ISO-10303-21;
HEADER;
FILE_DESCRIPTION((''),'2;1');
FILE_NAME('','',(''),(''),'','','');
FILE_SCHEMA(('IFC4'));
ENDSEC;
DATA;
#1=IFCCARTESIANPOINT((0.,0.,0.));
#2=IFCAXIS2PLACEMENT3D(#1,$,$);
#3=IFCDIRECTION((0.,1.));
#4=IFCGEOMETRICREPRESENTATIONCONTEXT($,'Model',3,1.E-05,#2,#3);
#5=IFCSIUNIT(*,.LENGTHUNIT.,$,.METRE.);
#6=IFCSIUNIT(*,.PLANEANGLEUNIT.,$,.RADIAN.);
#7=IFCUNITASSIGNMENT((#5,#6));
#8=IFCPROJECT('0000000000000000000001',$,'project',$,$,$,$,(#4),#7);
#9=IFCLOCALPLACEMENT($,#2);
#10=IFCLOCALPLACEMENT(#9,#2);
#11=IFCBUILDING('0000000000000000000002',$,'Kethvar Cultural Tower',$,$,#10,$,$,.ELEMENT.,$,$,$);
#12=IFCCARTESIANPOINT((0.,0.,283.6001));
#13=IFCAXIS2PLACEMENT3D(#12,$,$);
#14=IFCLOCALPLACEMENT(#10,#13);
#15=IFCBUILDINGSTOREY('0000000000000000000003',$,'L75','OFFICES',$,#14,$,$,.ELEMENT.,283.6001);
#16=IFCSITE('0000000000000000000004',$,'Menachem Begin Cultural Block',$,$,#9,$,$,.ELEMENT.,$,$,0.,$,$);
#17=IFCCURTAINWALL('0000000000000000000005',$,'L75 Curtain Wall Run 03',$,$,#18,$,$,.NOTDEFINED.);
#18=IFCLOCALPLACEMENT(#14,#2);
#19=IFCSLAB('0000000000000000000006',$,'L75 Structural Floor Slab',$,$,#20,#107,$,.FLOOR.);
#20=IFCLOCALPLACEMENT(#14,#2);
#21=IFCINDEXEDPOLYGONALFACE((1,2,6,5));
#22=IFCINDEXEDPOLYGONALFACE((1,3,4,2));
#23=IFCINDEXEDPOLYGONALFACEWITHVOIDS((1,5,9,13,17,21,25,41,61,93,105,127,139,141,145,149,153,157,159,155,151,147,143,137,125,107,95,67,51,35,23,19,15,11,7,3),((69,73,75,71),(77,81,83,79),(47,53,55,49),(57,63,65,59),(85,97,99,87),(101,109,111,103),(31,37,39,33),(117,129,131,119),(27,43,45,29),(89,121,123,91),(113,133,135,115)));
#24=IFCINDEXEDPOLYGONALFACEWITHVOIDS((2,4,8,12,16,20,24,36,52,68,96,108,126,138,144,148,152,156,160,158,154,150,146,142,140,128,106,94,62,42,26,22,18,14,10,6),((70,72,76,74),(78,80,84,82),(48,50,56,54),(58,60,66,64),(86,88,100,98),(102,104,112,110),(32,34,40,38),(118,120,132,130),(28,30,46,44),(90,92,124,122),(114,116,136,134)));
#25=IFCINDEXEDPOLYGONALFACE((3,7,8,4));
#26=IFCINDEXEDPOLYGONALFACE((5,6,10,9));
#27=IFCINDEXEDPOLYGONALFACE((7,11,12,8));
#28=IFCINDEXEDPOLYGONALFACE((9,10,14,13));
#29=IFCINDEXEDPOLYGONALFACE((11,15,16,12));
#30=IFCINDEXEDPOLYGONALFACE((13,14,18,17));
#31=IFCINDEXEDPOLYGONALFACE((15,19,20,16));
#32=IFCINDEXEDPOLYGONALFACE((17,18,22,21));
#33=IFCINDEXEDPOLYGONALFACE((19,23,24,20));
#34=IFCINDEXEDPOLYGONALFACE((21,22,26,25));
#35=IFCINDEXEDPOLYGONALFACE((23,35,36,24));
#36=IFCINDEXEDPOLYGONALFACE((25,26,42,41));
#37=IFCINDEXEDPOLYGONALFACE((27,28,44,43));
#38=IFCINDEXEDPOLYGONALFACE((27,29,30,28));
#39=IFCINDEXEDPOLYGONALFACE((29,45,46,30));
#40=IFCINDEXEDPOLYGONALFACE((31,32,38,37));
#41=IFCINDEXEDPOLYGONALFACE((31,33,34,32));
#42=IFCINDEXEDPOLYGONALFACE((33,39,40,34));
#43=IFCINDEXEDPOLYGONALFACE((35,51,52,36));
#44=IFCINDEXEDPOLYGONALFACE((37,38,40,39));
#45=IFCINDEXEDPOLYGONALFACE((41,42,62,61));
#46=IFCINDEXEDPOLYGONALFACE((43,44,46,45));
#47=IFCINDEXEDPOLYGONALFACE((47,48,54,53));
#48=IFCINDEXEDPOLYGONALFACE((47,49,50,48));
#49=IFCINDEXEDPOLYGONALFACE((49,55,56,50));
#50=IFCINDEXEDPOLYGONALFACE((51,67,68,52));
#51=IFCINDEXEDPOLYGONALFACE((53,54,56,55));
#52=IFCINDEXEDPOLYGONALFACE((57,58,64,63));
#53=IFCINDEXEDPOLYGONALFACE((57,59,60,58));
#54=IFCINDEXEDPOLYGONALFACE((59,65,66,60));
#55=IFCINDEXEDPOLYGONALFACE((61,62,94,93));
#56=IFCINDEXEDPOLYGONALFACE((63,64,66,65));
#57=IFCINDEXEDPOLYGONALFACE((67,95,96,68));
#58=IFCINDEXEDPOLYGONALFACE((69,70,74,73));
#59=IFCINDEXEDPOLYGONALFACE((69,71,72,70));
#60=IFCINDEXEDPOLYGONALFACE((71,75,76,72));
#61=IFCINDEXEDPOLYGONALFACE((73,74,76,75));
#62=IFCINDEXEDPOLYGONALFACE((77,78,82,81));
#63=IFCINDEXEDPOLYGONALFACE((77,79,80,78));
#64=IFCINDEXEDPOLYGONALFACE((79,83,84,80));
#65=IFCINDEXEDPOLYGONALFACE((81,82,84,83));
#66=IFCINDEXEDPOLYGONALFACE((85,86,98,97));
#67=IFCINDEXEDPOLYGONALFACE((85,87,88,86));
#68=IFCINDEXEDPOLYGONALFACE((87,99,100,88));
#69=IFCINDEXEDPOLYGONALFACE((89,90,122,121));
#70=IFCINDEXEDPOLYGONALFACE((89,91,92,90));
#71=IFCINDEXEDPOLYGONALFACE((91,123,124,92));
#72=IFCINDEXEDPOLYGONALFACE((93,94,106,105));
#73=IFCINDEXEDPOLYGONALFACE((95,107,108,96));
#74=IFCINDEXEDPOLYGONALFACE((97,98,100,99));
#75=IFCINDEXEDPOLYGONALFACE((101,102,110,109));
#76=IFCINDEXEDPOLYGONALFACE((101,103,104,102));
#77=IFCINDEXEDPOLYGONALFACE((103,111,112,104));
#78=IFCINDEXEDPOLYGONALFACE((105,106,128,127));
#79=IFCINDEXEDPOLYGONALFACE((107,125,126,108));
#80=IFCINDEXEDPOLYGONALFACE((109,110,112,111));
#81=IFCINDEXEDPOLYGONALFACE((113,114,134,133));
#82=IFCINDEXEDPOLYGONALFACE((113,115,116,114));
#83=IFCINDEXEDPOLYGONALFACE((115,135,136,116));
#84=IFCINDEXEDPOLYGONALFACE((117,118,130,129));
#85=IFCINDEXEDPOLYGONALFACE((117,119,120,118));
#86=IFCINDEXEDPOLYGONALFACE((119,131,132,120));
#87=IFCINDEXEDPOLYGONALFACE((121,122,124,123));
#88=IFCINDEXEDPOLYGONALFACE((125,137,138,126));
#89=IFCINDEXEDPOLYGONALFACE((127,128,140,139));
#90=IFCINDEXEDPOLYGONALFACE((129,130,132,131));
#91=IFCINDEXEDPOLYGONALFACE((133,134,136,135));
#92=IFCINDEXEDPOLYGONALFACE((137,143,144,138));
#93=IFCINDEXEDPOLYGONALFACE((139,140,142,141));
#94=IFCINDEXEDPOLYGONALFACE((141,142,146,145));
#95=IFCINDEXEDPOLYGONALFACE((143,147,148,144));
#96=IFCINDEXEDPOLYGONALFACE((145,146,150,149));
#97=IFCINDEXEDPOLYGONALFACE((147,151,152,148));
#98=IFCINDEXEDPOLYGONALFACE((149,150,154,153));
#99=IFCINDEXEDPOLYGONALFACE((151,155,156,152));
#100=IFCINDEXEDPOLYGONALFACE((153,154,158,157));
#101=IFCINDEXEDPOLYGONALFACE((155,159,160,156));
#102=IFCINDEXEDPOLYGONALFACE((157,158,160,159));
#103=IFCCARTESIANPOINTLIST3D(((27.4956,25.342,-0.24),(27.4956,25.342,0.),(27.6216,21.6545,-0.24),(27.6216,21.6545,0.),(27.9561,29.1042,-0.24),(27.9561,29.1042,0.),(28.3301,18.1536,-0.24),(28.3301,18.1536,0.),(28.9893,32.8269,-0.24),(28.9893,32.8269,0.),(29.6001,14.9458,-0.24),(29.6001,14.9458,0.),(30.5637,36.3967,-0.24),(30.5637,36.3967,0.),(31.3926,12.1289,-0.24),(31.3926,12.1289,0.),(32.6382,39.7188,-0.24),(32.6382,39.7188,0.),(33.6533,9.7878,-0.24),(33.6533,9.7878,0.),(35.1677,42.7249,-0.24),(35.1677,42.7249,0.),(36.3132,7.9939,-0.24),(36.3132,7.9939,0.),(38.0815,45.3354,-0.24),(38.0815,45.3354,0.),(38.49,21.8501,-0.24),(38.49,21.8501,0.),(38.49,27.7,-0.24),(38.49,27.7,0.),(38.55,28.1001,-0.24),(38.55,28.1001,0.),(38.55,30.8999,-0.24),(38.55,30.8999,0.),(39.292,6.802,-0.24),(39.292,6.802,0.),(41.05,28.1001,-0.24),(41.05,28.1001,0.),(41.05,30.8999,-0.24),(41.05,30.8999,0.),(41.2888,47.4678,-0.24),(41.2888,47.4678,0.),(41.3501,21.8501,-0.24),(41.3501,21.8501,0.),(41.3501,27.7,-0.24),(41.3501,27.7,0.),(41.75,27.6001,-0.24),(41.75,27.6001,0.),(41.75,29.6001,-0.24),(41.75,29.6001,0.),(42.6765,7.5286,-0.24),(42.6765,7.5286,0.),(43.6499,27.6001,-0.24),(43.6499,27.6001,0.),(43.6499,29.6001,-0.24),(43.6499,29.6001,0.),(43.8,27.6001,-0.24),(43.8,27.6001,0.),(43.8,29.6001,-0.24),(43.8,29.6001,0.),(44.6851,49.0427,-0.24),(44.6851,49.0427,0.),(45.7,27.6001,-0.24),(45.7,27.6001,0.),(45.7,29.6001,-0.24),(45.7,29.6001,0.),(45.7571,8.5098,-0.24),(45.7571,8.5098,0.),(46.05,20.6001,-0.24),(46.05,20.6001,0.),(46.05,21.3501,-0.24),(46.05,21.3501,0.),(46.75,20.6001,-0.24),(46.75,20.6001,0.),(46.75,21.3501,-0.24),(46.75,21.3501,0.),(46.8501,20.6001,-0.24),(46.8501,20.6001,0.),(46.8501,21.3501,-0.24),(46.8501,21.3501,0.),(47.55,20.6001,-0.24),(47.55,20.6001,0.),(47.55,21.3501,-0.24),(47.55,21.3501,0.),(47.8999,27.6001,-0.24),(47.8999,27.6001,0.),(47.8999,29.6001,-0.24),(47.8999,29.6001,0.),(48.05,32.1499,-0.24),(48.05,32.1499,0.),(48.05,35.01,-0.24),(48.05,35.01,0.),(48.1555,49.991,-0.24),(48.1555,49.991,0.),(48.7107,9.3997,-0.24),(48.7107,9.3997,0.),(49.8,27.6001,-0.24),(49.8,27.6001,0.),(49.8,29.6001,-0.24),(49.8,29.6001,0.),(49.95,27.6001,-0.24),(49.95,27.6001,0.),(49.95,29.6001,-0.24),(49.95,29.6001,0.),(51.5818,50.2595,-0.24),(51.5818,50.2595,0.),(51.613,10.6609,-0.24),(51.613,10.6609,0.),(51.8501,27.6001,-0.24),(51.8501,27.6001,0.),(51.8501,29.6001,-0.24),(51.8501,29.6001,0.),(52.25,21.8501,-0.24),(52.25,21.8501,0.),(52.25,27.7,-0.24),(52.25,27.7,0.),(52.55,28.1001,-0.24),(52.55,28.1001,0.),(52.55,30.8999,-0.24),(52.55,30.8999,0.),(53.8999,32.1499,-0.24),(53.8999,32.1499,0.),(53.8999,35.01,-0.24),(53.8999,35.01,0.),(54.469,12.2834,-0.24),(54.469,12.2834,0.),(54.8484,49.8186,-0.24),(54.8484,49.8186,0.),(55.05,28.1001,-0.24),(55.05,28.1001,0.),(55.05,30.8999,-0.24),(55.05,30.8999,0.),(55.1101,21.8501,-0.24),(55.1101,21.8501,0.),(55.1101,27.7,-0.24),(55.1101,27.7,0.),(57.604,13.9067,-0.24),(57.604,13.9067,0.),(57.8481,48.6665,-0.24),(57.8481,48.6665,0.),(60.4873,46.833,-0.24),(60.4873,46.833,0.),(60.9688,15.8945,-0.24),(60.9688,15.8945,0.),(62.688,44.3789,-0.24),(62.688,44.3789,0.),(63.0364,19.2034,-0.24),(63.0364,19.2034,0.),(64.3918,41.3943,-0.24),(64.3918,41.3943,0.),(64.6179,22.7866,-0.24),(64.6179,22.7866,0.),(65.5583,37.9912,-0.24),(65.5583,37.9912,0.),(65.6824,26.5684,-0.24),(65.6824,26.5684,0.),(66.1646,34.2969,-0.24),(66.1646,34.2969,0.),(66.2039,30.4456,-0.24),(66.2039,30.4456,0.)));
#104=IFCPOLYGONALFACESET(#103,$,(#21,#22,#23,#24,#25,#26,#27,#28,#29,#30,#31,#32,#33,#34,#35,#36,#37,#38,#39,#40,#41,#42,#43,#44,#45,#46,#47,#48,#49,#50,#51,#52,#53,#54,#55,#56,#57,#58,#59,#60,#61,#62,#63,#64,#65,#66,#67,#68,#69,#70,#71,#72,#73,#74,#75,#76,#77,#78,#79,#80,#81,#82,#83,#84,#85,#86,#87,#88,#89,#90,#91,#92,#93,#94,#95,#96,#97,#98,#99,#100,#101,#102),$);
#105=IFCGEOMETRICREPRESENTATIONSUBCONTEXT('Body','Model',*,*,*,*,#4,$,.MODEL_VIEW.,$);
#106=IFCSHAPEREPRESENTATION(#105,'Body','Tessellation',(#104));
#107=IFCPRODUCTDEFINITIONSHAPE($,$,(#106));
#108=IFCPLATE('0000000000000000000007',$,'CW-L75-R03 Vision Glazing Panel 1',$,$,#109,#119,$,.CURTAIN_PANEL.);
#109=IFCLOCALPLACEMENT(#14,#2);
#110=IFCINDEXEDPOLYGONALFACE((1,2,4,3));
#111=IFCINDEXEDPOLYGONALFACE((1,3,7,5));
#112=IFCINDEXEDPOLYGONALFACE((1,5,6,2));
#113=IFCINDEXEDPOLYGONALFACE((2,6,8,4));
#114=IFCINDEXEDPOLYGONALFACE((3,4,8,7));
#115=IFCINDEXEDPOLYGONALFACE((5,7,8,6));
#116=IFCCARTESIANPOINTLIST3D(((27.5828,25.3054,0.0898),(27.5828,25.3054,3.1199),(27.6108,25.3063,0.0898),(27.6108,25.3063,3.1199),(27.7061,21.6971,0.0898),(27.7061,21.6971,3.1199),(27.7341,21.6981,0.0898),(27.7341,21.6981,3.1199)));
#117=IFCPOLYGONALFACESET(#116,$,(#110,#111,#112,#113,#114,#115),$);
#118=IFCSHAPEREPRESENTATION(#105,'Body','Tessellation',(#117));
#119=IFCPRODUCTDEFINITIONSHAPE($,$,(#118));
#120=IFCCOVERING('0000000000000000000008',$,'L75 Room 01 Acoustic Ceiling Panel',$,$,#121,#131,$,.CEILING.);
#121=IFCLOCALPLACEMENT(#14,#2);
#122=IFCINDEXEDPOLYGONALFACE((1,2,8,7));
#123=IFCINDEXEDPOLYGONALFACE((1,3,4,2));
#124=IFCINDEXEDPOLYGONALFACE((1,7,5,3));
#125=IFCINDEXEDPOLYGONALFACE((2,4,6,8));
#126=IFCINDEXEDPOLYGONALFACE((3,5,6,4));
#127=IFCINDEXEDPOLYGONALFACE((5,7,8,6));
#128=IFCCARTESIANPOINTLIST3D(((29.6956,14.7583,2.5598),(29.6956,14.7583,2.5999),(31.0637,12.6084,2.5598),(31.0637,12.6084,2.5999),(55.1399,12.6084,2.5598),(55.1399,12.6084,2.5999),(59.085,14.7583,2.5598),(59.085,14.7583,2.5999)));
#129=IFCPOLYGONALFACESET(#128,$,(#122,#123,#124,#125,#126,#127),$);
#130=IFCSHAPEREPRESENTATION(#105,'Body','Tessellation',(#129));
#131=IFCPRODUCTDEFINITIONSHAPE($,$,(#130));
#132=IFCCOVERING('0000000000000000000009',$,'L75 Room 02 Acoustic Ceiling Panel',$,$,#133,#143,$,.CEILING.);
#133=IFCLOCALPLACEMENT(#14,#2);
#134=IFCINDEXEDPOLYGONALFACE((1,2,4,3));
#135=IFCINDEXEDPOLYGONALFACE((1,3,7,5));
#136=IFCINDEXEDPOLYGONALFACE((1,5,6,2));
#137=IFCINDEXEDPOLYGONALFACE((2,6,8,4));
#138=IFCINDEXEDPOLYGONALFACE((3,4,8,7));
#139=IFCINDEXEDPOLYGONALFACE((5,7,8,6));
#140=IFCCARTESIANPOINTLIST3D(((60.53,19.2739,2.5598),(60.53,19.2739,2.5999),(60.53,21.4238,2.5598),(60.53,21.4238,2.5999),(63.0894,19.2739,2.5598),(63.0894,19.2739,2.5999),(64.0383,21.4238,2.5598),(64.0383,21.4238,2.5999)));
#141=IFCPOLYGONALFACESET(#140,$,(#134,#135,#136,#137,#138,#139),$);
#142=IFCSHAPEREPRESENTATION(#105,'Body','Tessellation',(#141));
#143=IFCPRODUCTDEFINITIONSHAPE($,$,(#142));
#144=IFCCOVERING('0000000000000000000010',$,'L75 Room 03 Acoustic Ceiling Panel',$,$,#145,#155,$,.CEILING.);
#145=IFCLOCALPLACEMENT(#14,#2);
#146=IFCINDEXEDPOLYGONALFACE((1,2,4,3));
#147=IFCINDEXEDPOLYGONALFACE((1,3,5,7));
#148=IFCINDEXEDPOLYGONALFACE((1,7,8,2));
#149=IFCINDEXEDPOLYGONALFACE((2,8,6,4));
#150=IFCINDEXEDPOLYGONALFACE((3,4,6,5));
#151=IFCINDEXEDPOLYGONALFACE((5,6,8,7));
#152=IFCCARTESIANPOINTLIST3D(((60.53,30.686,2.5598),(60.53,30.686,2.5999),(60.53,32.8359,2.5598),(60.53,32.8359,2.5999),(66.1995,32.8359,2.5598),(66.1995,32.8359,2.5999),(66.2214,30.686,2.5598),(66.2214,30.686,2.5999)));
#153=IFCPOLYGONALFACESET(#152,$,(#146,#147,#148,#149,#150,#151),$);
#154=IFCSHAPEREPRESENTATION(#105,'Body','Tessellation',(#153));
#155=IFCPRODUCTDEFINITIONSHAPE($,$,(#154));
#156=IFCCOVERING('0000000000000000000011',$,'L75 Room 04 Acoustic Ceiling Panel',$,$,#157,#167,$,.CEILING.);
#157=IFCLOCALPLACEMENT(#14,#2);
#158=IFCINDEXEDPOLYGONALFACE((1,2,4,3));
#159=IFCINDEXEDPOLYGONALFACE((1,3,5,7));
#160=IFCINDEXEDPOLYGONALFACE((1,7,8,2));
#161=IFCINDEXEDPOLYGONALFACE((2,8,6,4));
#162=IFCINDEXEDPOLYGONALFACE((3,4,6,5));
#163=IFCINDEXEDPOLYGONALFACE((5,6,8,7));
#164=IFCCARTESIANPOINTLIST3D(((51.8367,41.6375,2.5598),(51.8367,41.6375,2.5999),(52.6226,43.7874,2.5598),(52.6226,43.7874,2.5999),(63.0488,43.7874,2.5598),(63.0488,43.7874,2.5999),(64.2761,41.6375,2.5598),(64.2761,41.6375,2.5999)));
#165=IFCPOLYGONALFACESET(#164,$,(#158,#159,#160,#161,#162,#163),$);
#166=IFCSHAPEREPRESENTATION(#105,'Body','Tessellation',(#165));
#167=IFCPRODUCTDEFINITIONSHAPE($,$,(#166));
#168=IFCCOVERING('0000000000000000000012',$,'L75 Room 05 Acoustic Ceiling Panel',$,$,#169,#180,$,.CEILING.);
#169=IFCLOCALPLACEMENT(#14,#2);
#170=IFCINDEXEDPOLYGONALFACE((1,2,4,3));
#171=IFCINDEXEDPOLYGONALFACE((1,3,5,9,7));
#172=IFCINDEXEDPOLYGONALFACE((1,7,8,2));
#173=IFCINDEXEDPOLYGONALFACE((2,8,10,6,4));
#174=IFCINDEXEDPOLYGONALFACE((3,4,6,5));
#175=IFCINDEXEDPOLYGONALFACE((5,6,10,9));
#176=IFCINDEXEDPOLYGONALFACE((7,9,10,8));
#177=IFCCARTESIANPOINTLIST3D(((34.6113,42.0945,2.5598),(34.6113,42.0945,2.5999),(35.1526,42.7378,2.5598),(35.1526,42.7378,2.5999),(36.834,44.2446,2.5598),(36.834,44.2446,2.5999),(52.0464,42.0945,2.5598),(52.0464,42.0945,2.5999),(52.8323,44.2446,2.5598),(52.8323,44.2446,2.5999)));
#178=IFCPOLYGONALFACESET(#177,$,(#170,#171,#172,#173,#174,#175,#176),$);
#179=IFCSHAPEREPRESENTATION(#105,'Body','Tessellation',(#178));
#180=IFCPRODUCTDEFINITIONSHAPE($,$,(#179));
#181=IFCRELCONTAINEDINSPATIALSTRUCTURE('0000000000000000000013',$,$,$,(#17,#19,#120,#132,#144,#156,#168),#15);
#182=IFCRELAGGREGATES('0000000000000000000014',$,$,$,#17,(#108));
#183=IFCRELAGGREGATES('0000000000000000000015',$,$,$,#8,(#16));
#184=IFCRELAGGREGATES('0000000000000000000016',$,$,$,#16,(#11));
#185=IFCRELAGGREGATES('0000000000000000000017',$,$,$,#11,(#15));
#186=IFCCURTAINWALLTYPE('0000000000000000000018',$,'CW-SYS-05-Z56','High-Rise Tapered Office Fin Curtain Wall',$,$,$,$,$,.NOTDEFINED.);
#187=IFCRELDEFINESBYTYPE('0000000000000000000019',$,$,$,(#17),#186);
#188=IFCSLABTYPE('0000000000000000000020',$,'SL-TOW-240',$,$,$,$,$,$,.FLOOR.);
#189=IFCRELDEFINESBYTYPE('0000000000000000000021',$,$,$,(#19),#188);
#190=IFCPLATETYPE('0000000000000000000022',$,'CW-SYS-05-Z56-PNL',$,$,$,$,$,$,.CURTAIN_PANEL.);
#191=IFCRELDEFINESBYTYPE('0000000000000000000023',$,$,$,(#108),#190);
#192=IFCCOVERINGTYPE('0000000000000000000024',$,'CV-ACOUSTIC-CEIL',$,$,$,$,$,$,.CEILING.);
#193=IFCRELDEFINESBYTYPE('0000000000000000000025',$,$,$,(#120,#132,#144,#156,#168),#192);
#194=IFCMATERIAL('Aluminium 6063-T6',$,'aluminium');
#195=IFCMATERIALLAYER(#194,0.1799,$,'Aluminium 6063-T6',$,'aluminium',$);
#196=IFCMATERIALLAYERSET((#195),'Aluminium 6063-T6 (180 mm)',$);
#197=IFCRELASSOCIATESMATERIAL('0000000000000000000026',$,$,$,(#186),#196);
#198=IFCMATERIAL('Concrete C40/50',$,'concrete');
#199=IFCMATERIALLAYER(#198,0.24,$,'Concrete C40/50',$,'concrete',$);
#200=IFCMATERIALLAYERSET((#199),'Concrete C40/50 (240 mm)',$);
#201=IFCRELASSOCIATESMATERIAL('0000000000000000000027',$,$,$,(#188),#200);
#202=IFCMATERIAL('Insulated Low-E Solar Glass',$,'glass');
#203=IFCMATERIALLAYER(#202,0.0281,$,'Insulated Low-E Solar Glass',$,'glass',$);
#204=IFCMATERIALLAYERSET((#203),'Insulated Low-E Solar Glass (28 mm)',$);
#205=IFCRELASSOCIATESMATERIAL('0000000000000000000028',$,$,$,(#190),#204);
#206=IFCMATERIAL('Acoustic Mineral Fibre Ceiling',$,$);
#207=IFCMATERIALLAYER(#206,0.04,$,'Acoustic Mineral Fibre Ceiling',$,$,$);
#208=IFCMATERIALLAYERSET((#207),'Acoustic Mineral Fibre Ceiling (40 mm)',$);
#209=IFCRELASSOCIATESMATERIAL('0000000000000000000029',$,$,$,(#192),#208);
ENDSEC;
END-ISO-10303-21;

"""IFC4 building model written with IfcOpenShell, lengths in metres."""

from ifc_helpers import new_model, si_unit, direction, frame, origin, origin_2d, place, context, subcontext, project, spatial, polyline, rectangle, outline, extrude, source, transform, mapped, material, layer, layer_set, type_object, element, aggregate, save


model = new_model("IFC4")

# Units and contexts
model_context = context("Model", 3, precision=1e-05, world=origin(), true_north=direction((0.0, 1.0)))
body_context = subcontext(model_context, "Body", "Model", "MODEL_VIEW")
ifc_project = project(units=[si_unit("LENGTHUNIT", "METRE"), si_unit("PLANEANGLEUNIT", "RADIAN")], contexts=[model_context])

# Site, building, storey
site_placement = place(None, origin())
site = spatial("IfcSite", under=ifc_project, at=site_placement, Name="Menachem Begin Cultural Block", CompositionType="ELEMENT", RefElevation=0.0)
building_placement = place(site_placement, origin())
building = spatial("IfcBuilding", under=site, at=building_placement, Name="Kethvar Cultural Tower", CompositionType="ELEMENT")
storey_placement = place(building_placement, frame((0.0, 0.0, 283.6001)))
storey = spatial("IfcBuildingStorey", under=building, at=storey_placement, Name="L75", Description="OFFICES", CompositionType="ELEMENT", Elevation=283.6001)

# Curtain wall
ifc_material_1 = material(Name="Aluminium 6063-T6", Category="aluminium")
ifc_layer_1 = layer(ifc_material_1, 0.1799, Name="Aluminium 6063-T6", Category="aluminium")
ifc_layer_set_1 = layer_set([ifc_layer_1], Name="Aluminium 6063-T6 (180 mm)")
curtain_wall_type = type_object("IfcCurtainWallType", Name="CW-SYS-05-Z56", Description="High-Rise Tapered Office Fin Curtain Wall", PredefinedType="NOTDEFINED", material=ifc_layer_set_1)
curtain_wall_placement = place(storey_placement, origin())
curtain_wall = element("IfcCurtainWall", 1, at=curtain_wall_placement, inside=storey, type_object=curtain_wall_type, Name="L75 Curtain Wall Run 03", PredefinedType="NOTDEFINED")

# Shared definitions
ifc_material_2 = material(Name="Concrete C40/50", Category="concrete")

# Slab
ifc_layer_2 = layer(ifc_material_2, 0.24, Name="Concrete C40/50", Category="concrete")
ifc_layer_set_2 = layer_set([ifc_layer_2], Name="Concrete C40/50 (240 mm)")
slab_type_1 = type_object("IfcSlabType", Name="SL-TOW-240", PredefinedType="FLOOR", material=ifc_layer_set_2)
slab_1_placement = place(storey_placement, frame((0.0, 0.0, -0.24)))
element("IfcSlab", 2, at=slab_1_placement, inside=storey, type_object=slab_type_1, Name="L75 Structural Floor Slab", PredefinedType="FLOOR", context=body_context, shape_type="SweptSolid", body=[
    extrude(outline(polyline([(57.8481, 48.6665), (54.8484, 49.8186), (51.5818, 50.2595), (48.1555, 49.991), (44.6851, 49.0427), (41.2888, 47.4678), (38.0815, 45.3354), (35.1677, 42.7249), (32.6382, 39.7188), (30.5637, 36.3967), (28.9893, 32.8269), (27.9561, 29.1042), (27.4956, 25.342), (27.6216, 21.6545), (28.3301, 18.1536), (29.6001, 14.9458), (31.3926, 12.1289), (33.6533, 9.7878), (36.3132, 7.9939), (39.292, 6.802), (42.6765, 7.5286), (45.7571, 8.5098), (48.7107, 9.3997), (51.613, 10.6609), (54.469, 12.2834), (57.604, 13.9067), (60.9688, 15.8945), (63.0364, 19.2034), (64.6179, 22.7866), (65.6824, 26.5684), (66.2039, 30.4456), (66.1646, 34.2969), (65.5583, 37.9912), (64.3918, 41.3943), (62.688, 44.3789), (60.4873, 46.833), (57.8481, 48.6665)]), holes=[polyline([(38.49, 21.8501), (38.49, 27.7), (41.3501, 27.7), (41.3501, 21.8501), (38.49, 21.8501)]), polyline([(52.25, 21.8501), (52.25, 27.7), (55.1101, 27.7), (55.1101, 21.8501), (52.25, 21.8501)]), polyline([(53.8999, 32.1499), (48.05, 32.1499), (48.05, 35.01), (53.8999, 35.01), (53.8999, 32.1499)]), polyline([(41.75, 29.6001), (43.6499, 29.6001), (43.6499, 27.6001), (41.75, 27.6001), (41.75, 29.6001)]), polyline([(43.8, 29.6001), (45.7, 29.6001), (45.7, 27.6001), (43.8, 27.6001), (43.8, 29.6001)]), polyline([(47.8999, 29.6001), (49.8, 29.6001), (49.8, 27.6001), (47.8999, 27.6001), (47.8999, 29.6001)]), polyline([(49.95, 29.6001), (51.8501, 29.6001), (51.8501, 27.6001), (49.95, 27.6001), (49.95, 29.6001)]), polyline([(38.55, 30.8999), (41.05, 30.8999), (41.05, 28.1001), (38.55, 28.1001), (38.55, 30.8999)]), polyline([(52.55, 30.8999), (55.05, 30.8999), (55.05, 28.1001), (52.55, 28.1001), (52.55, 30.8999)]), polyline([(46.05, 21.3501), (46.75, 21.3501), (46.75, 20.6001), (46.05, 20.6001), (46.05, 21.3501)]), polyline([(46.8501, 21.3501), (47.55, 21.3501), (47.55, 20.6001), (46.8501, 20.6001), (46.8501, 21.3501)])]), origin(), (0.0, 0.0, 1.0), 0.24),
])

# Plate
ifc_material_3 = material(Name="Insulated Low-E Solar Glass", Category="glass")
ifc_layer_3 = layer(ifc_material_3, 0.0281, Name="Insulated Low-E Solar Glass", Category="glass")
ifc_layer_set_3 = layer_set([ifc_layer_3], Name="Insulated Low-E Solar Glass (28 mm)")
plate_type = type_object("IfcPlateType", Name="CW-SYS-05-Z56-PNL", PredefinedType="CURTAIN_PANEL", material=ifc_layer_set_3)
shared_shape_1 = source(origin(), body_context, "Body", "SweptSolid", [
    extrude(rectangle(XDim=3.6104, YDim=0.0281, at=origin_2d()), origin(), (0.0, 0.0, 1.0), 3.03),
])
plate_placement = place(storey_placement, frame((27.6584, 23.5017, 0.0898), z_axis=(0.0, 0.0, 1.0), x_axis=(0.034149, -0.999417, 0.0)))
plate = element("IfcPlate", 3, at=plate_placement, type_object=plate_type, Name="CW-L75-R03 Vision Glazing Panel 1", PredefinedType="CURTAIN_PANEL", context=body_context, shape_type="MappedRepresentation", body=[
    mapped(shared_shape_1, transform((0.0, 0.0, 0.0), scale=1.0)),
])
aggregate(curtain_wall, [plate])

# Coverings
ifc_material_4 = material(Name="Acoustic Mineral Fibre Ceiling")
ifc_layer_4 = layer(ifc_material_4, 0.04, Name="Acoustic Mineral Fibre Ceiling")
ifc_layer_set_4 = layer_set([ifc_layer_4], Name="Acoustic Mineral Fibre Ceiling (40 mm)")
covering_type_1 = type_object("IfcCoveringType", Name="CV-ACOUSTIC-CEIL", PredefinedType="CEILING", material=ifc_layer_set_4)
covering_1_placement = place(storey_placement, frame((0.0, 0.0, 2.5598)))
element("IfcCovering", 4, at=covering_1_placement, inside=storey, type_object=covering_type_1, Name="L75 Room 01 Acoustic Ceiling Panel", PredefinedType="CEILING", context=body_context, shape_type="SweptSolid", body=[
    extrude(outline(polyline([(59.085, 14.7583), (55.1399, 12.6084), (31.0637, 12.6084), (29.6956, 14.7583), (59.085, 14.7583)])), origin(), (0.0, 0.0, 1.0), 0.04),
])
covering_2_placement = place(storey_placement, frame((0.0, 0.0, 2.5598)))
element("IfcCovering", 5, at=covering_2_placement, inside=storey, type_object=covering_type_1, Name="L75 Room 02 Acoustic Ceiling Panel", PredefinedType="CEILING", context=body_context, shape_type="SweptSolid", body=[
    extrude(outline(polyline([(60.53, 21.4238), (64.0383, 21.4238), (63.0894, 19.2739), (60.53, 19.2739), (60.53, 21.4238)])), origin(), (0.0, 0.0, 1.0), 0.04),
])
covering_3_placement = place(storey_placement, frame((0.0, 0.0, 2.5598)))
element("IfcCovering", 6, at=covering_3_placement, inside=storey, type_object=covering_type_1, Name="L75 Room 03 Acoustic Ceiling Panel", PredefinedType="CEILING", context=body_context, shape_type="SweptSolid", body=[
    extrude(outline(polyline([(66.2214, 30.686), (60.53, 30.686), (60.53, 32.8359), (66.1995, 32.8359), (66.2214, 30.686)])), origin(), (0.0, 0.0, 1.0), 0.04),
])
covering_4_placement = place(storey_placement, frame((0.0, 0.0, 2.5598)))
element("IfcCovering", 7, at=covering_4_placement, inside=storey, type_object=covering_type_1, Name="L75 Room 04 Acoustic Ceiling Panel", PredefinedType="CEILING", context=body_context, shape_type="SweptSolid", body=[
    extrude(outline(polyline([(64.2761, 41.6375), (51.8367, 41.6375), (52.6226, 43.7874), (63.0488, 43.7874), (64.2761, 41.6375)])), origin(), (0.0, 0.0, 1.0), 0.04),
])
covering_5_placement = place(storey_placement, frame((0.0, 0.0, 2.5598)))
element("IfcCovering", 8, at=covering_5_placement, inside=storey, type_object=covering_type_1, Name="L75 Room 05 Acoustic Ceiling Panel", PredefinedType="CEILING", context=body_context, shape_type="SweptSolid", body=[
    extrude(outline(polyline([(35.1526, 42.7378), (36.834, 44.2446), (52.8323, 44.2446), (52.0464, 42.0945), (34.6113, 42.0945), (35.1526, 42.7378)])), origin(), (0.0, 0.0, 1.0), 0.04),
])

save(model, "model.ifc")
